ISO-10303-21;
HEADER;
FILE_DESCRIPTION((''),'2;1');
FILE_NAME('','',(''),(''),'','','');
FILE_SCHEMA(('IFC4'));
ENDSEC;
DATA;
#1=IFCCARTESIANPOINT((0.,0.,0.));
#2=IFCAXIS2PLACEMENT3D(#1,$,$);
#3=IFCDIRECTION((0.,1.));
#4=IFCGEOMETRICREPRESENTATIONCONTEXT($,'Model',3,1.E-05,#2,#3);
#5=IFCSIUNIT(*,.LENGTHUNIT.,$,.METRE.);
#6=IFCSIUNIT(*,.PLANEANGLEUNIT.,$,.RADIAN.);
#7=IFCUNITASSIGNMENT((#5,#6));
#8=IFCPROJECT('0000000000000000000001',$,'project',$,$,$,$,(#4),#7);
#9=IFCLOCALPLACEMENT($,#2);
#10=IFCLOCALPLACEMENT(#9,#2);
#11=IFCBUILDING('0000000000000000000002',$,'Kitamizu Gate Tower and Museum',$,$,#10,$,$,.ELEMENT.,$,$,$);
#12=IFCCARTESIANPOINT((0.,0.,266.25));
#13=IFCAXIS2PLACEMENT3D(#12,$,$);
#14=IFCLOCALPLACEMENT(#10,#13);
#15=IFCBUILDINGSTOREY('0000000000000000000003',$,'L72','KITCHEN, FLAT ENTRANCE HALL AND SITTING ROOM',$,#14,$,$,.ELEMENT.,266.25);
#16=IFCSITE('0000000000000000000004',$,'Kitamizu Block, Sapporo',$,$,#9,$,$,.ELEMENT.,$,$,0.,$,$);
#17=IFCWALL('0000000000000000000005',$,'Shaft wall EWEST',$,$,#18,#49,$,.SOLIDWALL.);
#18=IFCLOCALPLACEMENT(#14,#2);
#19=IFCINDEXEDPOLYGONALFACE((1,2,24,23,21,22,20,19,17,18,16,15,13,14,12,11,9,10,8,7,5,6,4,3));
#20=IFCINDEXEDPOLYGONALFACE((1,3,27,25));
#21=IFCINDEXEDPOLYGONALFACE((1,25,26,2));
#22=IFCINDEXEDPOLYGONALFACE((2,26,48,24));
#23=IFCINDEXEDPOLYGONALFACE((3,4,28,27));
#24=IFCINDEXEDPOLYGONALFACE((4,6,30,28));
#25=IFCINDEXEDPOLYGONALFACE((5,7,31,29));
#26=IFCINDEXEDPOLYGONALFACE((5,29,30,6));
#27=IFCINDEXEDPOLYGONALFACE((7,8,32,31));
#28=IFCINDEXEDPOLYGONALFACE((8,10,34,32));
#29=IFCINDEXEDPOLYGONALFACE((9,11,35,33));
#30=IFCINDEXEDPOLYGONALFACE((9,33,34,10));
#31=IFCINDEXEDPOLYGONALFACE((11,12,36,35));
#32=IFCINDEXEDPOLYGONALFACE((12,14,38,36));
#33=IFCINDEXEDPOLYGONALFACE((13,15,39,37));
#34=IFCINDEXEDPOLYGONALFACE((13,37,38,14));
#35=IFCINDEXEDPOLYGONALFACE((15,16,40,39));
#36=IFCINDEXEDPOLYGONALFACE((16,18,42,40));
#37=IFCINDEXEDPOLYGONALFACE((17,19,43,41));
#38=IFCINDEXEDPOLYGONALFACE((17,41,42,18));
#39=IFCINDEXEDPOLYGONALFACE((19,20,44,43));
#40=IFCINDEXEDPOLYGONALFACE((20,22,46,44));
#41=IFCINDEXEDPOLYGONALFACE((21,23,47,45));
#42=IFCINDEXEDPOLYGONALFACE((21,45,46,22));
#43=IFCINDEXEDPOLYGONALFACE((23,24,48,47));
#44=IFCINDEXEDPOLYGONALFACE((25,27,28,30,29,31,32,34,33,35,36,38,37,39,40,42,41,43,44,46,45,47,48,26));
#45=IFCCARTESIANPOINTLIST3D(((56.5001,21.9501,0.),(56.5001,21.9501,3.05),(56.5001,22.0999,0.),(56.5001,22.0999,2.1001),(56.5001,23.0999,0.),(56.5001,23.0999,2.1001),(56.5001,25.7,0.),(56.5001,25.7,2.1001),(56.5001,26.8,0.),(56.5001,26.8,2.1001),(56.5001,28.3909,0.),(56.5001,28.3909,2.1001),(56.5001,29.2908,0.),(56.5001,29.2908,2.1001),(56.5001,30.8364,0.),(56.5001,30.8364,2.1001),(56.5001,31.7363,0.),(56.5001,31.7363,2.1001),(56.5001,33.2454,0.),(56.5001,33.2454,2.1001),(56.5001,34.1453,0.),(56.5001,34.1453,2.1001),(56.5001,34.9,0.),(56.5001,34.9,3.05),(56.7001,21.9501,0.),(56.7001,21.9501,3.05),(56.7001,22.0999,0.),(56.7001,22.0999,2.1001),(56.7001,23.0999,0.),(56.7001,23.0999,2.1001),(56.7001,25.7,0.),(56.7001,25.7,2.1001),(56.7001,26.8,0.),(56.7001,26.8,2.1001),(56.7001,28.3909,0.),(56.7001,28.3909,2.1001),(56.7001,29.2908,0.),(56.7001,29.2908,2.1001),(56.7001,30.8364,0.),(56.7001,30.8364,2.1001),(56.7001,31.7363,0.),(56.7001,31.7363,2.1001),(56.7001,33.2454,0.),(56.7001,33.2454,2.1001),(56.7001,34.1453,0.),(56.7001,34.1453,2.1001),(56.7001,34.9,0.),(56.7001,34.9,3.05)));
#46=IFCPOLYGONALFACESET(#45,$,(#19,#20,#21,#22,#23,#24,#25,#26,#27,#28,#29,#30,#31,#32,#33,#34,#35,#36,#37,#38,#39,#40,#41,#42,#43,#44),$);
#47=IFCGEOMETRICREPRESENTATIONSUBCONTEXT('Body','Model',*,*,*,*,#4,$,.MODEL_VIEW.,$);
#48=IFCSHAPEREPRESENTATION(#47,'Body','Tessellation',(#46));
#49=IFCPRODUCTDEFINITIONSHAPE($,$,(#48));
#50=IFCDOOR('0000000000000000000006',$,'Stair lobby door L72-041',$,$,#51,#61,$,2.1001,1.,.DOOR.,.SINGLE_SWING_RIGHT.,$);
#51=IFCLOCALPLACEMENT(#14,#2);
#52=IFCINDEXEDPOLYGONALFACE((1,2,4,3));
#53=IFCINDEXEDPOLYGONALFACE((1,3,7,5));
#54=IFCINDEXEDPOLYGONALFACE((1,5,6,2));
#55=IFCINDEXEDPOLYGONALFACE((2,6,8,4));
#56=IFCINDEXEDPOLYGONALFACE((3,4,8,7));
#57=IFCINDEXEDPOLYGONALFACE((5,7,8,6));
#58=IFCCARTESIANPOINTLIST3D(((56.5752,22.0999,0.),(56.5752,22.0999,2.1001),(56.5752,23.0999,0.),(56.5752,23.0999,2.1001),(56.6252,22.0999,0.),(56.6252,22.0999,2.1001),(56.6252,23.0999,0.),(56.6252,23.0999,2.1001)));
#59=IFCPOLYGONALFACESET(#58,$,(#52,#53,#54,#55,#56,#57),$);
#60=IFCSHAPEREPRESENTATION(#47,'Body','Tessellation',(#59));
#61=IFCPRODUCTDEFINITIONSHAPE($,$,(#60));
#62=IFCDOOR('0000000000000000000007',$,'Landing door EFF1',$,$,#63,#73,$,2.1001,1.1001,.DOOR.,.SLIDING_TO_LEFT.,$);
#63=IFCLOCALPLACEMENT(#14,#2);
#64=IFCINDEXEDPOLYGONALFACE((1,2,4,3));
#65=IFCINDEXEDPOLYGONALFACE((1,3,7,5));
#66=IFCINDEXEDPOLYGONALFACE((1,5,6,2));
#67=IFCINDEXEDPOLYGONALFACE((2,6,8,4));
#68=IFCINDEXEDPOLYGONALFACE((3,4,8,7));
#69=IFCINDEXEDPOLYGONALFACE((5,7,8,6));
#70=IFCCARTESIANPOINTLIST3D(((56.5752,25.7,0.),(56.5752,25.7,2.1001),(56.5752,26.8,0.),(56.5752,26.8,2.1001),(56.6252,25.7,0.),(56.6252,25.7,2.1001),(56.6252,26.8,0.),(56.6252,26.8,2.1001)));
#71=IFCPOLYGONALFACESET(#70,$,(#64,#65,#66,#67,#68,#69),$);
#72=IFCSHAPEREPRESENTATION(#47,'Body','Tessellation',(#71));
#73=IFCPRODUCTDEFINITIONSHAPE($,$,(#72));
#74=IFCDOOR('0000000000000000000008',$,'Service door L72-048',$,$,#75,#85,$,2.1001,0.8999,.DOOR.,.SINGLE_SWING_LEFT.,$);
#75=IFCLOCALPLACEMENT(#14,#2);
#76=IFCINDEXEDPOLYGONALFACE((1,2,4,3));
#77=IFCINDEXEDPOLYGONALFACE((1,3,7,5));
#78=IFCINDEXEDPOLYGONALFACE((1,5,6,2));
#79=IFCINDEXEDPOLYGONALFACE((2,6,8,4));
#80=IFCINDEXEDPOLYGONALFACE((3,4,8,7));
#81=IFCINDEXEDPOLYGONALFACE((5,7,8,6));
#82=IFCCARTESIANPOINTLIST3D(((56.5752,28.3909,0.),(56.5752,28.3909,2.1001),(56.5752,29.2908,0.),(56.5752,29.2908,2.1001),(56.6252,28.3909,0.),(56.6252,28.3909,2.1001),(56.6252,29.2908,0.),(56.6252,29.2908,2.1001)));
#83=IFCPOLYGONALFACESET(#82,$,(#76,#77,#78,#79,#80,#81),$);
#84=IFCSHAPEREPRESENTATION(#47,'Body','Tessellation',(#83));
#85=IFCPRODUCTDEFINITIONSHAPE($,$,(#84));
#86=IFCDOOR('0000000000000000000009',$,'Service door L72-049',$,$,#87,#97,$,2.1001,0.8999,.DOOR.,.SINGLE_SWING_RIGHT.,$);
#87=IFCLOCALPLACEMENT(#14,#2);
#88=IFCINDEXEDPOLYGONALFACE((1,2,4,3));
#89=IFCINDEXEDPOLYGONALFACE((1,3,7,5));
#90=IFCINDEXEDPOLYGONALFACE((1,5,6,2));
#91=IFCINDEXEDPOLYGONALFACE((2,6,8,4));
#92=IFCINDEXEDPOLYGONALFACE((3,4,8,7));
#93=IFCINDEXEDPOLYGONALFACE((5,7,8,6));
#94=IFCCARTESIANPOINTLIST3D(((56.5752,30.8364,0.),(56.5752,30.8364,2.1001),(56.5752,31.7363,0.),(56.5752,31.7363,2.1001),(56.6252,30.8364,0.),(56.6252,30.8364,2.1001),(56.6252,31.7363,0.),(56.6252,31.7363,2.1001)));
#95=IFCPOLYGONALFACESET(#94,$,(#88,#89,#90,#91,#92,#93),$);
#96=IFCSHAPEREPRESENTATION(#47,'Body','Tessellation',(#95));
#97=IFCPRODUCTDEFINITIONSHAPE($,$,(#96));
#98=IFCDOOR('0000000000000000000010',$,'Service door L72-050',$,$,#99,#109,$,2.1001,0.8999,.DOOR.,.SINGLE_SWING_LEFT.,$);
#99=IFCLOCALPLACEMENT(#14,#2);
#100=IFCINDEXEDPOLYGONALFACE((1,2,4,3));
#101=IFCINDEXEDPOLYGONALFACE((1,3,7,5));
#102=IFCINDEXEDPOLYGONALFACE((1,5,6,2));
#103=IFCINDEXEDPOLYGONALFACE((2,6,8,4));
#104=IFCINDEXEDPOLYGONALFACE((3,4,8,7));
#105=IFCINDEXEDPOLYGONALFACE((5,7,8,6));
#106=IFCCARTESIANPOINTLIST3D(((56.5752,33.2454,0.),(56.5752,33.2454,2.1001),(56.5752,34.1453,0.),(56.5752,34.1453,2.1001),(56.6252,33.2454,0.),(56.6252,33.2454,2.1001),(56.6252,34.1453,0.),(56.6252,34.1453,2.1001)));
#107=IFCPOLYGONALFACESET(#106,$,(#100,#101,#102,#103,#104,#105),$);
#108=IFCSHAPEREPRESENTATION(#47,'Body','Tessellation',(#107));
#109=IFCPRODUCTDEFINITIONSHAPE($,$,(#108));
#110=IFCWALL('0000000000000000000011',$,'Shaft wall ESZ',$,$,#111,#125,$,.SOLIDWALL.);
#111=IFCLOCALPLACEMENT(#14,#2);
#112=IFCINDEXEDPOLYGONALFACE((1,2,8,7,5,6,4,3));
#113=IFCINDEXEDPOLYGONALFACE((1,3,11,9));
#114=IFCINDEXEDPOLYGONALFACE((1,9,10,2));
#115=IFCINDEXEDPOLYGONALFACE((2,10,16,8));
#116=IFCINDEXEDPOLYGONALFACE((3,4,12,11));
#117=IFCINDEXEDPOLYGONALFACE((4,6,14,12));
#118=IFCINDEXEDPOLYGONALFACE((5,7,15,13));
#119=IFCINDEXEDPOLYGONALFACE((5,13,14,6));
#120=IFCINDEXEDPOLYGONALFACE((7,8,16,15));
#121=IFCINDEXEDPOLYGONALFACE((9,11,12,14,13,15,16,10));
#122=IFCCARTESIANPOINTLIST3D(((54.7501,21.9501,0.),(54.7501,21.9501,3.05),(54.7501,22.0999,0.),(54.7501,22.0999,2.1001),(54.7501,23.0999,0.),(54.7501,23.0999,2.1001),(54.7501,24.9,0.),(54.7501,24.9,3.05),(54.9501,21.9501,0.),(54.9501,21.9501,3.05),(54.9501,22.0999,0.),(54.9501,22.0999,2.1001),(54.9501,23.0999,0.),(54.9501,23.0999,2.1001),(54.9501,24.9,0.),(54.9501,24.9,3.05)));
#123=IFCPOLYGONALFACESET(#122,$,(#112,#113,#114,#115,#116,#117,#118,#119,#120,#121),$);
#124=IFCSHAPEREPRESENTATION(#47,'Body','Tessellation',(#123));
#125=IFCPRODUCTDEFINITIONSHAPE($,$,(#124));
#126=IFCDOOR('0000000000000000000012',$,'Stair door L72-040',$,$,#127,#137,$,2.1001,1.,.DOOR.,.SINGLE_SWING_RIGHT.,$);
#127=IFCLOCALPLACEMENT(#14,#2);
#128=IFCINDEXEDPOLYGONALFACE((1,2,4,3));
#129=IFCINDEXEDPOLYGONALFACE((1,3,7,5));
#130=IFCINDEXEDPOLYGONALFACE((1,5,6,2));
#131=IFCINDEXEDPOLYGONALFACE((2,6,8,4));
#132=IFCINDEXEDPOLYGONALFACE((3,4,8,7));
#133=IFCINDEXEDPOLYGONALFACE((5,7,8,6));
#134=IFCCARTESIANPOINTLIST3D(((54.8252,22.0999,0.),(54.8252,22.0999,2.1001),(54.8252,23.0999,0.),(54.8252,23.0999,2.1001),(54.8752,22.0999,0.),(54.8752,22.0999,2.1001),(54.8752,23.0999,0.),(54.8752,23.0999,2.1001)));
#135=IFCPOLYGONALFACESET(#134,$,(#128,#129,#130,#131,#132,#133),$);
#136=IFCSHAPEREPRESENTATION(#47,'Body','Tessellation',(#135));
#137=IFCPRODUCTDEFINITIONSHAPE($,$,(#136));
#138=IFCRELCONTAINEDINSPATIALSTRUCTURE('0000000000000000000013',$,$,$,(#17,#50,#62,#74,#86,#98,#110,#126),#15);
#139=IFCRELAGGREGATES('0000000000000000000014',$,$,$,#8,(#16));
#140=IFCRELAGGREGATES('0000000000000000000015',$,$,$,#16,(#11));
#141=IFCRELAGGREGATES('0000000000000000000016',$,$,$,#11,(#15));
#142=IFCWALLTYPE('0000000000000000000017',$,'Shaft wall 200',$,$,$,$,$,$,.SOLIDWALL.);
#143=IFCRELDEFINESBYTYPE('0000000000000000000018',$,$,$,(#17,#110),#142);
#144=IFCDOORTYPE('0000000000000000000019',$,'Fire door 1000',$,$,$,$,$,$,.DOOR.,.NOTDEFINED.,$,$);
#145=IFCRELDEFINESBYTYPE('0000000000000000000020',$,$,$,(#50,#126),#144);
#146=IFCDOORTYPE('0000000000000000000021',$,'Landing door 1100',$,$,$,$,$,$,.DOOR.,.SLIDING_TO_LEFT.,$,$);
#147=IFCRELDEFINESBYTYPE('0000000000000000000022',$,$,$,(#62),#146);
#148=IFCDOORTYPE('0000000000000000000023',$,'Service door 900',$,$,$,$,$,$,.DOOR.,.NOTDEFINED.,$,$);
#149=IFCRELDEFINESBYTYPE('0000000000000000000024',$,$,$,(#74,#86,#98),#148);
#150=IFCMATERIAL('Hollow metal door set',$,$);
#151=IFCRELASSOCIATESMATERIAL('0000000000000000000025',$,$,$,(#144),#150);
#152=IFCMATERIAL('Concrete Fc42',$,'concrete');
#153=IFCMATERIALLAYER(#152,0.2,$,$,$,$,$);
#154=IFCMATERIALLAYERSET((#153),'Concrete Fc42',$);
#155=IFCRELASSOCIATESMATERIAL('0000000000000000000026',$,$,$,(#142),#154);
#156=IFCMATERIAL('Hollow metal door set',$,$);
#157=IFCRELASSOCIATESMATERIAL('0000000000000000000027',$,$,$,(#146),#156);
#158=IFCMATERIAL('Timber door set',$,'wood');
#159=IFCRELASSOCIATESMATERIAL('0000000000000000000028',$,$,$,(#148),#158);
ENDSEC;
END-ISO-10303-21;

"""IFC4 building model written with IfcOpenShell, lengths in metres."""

from ifc_helpers import new_model, si_unit, direction, frame, frame_2d, origin, place, context, subcontext, project, spatial, rectangle, extrude, material, layer, layer_set, type_object, element, fill, save


model = new_model("IFC4")

# Units and contexts
model_context = context("Model", 3, precision=1e-05, world=origin(), true_north=direction((0.0, 1.0)))
body_context = subcontext(model_context, "Body", "Model", "MODEL_VIEW")
ifc_project = project(units=[si_unit("LENGTHUNIT", "METRE"), si_unit("PLANEANGLEUNIT", "RADIAN")], contexts=[model_context])

# Site, building, storey
site_placement = place(None, origin())
site = spatial("IfcSite", under=ifc_project, at=site_placement, Name="Kitamizu Block, Sapporo", CompositionType="ELEMENT", RefElevation=0.0)
building_placement = place(site_placement, origin())
building = spatial("IfcBuilding", under=site, at=building_placement, Name="Kitamizu Gate Tower and Museum", CompositionType="ELEMENT")
storey_placement = place(building_placement, frame((0.0, 0.0, 266.25)))
storey = spatial("IfcBuildingStorey", under=building, at=storey_placement, Name="L72", Description="KITCHEN, FLAT ENTRANCE HALL AND SITTING ROOM", CompositionType="ELEMENT", Elevation=266.25)

# Shared definitions
ifc_material_1 = material(Name="Hollow metal door set")
door_type_1 = type_object("IfcDoorType", Name="Fire door 1000", OperationType="NOTDEFINED", PredefinedType="DOOR", material=ifc_material_1)

# Wall, openings, doors
ifc_material_2 = material(Name="Concrete Fc42", Category="concrete")
ifc_layer_1 = layer(ifc_material_2, 0.2)
ifc_layer_set_1 = layer_set([ifc_layer_1], Name="Concrete Fc42")
wall_type_1 = type_object("IfcWallType", Name="Shaft wall 200", PredefinedType="SOLIDWALL", material=ifc_layer_set_1)
wall_1_placement = place(storey_placement, frame((56.6001, 21.95, 0.0), z_axis=(0.0, 0.0, 1.0), x_axis=(0.0, 1.0, 0.0)))
wall_1 = element("IfcWall", 1, at=wall_1_placement, inside=storey, type_object=wall_type_1, Name="Shaft wall EWEST", PredefinedType="SOLIDWALL", context=body_context, shape_type="SweptSolid", body=[
    extrude(rectangle(XDim=12.95, YDim=0.2, at=frame_2d((6.4751, 0.0))), origin(), (0.0, 0.0, 1.0), 3.05),
])
opening_1_placement = place(wall_1_placement, frame((3.75, 0.0, 0.0)))
opening_1 = element("IfcOpeningElement", 2, at=opening_1_placement, cuts=wall_1, PredefinedType="OPENING", context=body_context, shape_type="SweptSolid", body=[
    extrude(rectangle(XDim=1.1001, YDim=2.1001, at=frame_2d((0.55, 1.05))), frame((0.0, 0.1099, 0.0), z_axis=(0.0, -1.0, 0.0), x_axis=(1.0, 0.0, 0.0)), (0.0, 0.0, 1.0), 0.22),
])
opening_2_placement = place(wall_1_placement, frame((0.1499, 0.0, 0.0)))
opening_2 = element("IfcOpeningElement", 3, at=opening_2_placement, cuts=wall_1, PredefinedType="OPENING", context=body_context, shape_type="SweptSolid", body=[
    extrude(rectangle(XDim=1.0, YDim=2.1001, at=frame_2d((0.5, 1.05))), frame((0.0, 0.1099, 0.0), z_axis=(0.0, -1.0, 0.0), x_axis=(1.0, 0.0, 0.0)), (0.0, 0.0, 1.0), 0.22),
])
opening_3_placement = place(wall_1_placement, frame((6.4409, 0.0, 0.0)))
opening_3 = element("IfcOpeningElement", 4, at=opening_3_placement, cuts=wall_1, PredefinedType="OPENING", context=body_context, shape_type="SweptSolid", body=[
    extrude(rectangle(XDim=0.8999, YDim=2.1001, at=frame_2d((0.45, 1.05))), frame((0.0, 0.1099, 0.0), z_axis=(0.0, -1.0, 0.0), x_axis=(1.0, 0.0, 0.0)), (0.0, 0.0, 1.0), 0.22),
])
opening_4_placement = place(wall_1_placement, frame((8.8865, 0.0, 0.0)))
opening_4 = element("IfcOpeningElement", 5, at=opening_4_placement, cuts=wall_1, PredefinedType="OPENING", context=body_context, shape_type="SweptSolid", body=[
    extrude(rectangle(XDim=0.8999, YDim=2.1001, at=frame_2d((0.45, 1.05))), frame((0.0, 0.1099, 0.0), z_axis=(0.0, -1.0, 0.0), x_axis=(1.0, 0.0, 0.0)), (0.0, 0.0, 1.0), 0.22),
])
opening_5_placement = place(wall_1_placement, frame((11.2954, 0.0, 0.0)))
opening_5 = element("IfcOpeningElement", 6, at=opening_5_placement, cuts=wall_1, PredefinedType="OPENING", context=body_context, shape_type="SweptSolid", body=[
    extrude(rectangle(XDim=0.8999, YDim=2.1001, at=frame_2d((0.45, 1.05))), frame((0.0, 0.1099, 0.0), z_axis=(0.0, -1.0, 0.0), x_axis=(1.0, 0.0, 0.0)), (0.0, 0.0, 1.0), 0.22),
])
door_1_placement = place(opening_2_placement, origin())
door_1 = element("IfcDoor", 7, at=door_1_placement, inside=storey, type_object=door_type_1, Name="Stair lobby door L72-041", OperationType="SINGLE_SWING_RIGHT", OverallHeight=2.1001, OverallWidth=1.0, PredefinedType="DOOR", context=body_context, shape_type="SweptSolid", body=[
    extrude(rectangle(XDim=1.0, YDim=2.1001, at=frame_2d((0.5, 1.05))), frame((0.0, 0.0249, 0.0), z_axis=(0.0, -1.0, 0.0), x_axis=(1.0, 0.0, 0.0)), (0.0, 0.0, 1.0), 0.05),
])
fill(opening_2, door_1)
ifc_material_3 = material(Name="Hollow metal door set")
door_type_2 = type_object("IfcDoorType", Name="Landing door 1100", OperationType="SLIDING_TO_LEFT", PredefinedType="DOOR", material=ifc_material_3)
door_2_placement = place(opening_1_placement, origin())
door_2 = element("IfcDoor", 8, at=door_2_placement, inside=storey, type_object=door_type_2, Name="Landing door EFF1", OperationType="SLIDING_TO_LEFT", OverallHeight=2.1001, OverallWidth=1.1001, PredefinedType="DOOR", context=body_context, shape_type="SweptSolid", body=[
    extrude(rectangle(XDim=1.1001, YDim=2.1001, at=frame_2d((0.55, 1.05))), frame((0.0, 0.0249, 0.0), z_axis=(0.0, -1.0, 0.0), x_axis=(1.0, 0.0, 0.0)), (0.0, 0.0, 1.0), 0.05),
])
fill(opening_1, door_2)
ifc_material_4 = material(Name="Timber door set", Category="wood")
door_type_3 = type_object("IfcDoorType", Name="Service door 900", OperationType="NOTDEFINED", PredefinedType="DOOR", material=ifc_material_4)
door_3_placement = place(opening_3_placement, origin())
door_3 = element("IfcDoor", 9, at=door_3_placement, inside=storey, type_object=door_type_3, Name="Service door L72-048", OperationType="SINGLE_SWING_LEFT", OverallHeight=2.1001, OverallWidth=0.8999, PredefinedType="DOOR", context=body_context, shape_type="SweptSolid", body=[
    extrude(rectangle(XDim=0.8999, YDim=2.1001, at=frame_2d((0.45, 1.05))), frame((0.0, 0.0249, 0.0), z_axis=(0.0, -1.0, 0.0), x_axis=(1.0, 0.0, 0.0)), (0.0, 0.0, 1.0), 0.05),
])
fill(opening_3, door_3)
door_4_placement = place(opening_4_placement, origin())
door_4 = element("IfcDoor", 10, at=door_4_placement, inside=storey, type_object=door_type_3, Name="Service door L72-049", OperationType="SINGLE_SWING_RIGHT", OverallHeight=2.1001, OverallWidth=0.8999, PredefinedType="DOOR", context=body_context, shape_type="SweptSolid", body=[
    extrude(rectangle(XDim=0.8999, YDim=2.1001, at=frame_2d((0.45, 1.05))), frame((0.0, 0.0249, 0.0), z_axis=(0.0, -1.0, 0.0), x_axis=(1.0, 0.0, 0.0)), (0.0, 0.0, 1.0), 0.05),
])
fill(opening_4, door_4)
door_5_placement = place(opening_5_placement, origin())
door_5 = element("IfcDoor", 11, at=door_5_placement, inside=storey, type_object=door_type_3, Name="Service door L72-050", OperationType="SINGLE_SWING_LEFT", OverallHeight=2.1001, OverallWidth=0.8999, PredefinedType="DOOR", context=body_context, shape_type="SweptSolid", body=[
    extrude(rectangle(XDim=0.8999, YDim=2.1001, at=frame_2d((0.45, 1.05))), frame((0.0, 0.0249, 0.0), z_axis=(0.0, -1.0, 0.0), x_axis=(1.0, 0.0, 0.0)), (0.0, 0.0, 1.0), 0.05),
])
fill(opening_5, door_5)

# Wall, opening, door
wall_2_placement = place(storey_placement, frame((54.8501, 21.95, 0.0), z_axis=(0.0, 0.0, 1.0), x_axis=(0.0, 1.0, 0.0)))
wall_2 = element("IfcWall", 12, at=wall_2_placement, inside=storey, type_object=wall_type_1, Name="Shaft wall ESZ", PredefinedType="SOLIDWALL", context=body_context, shape_type="SweptSolid", body=[
    extrude(rectangle(XDim=2.95, YDim=0.2, at=frame_2d((1.4751, 0.0))), origin(), (0.0, 0.0, 1.0), 3.05),
])
opening_6_placement = place(wall_2_placement, frame((0.1499, 0.0, 0.0)))
opening_6 = element("IfcOpeningElement", 13, at=opening_6_placement, cuts=wall_2, PredefinedType="OPENING", context=body_context, shape_type="SweptSolid", body=[
    extrude(rectangle(XDim=1.0, YDim=2.1001, at=frame_2d((0.5, 1.05))), frame((0.0, 0.1099, 0.0), z_axis=(0.0, -1.0, 0.0), x_axis=(1.0, 0.0, 0.0)), (0.0, 0.0, 1.0), 0.22),
])
door_6_placement = place(opening_6_placement, origin())
door_6 = element("IfcDoor", 14, at=door_6_placement, inside=storey, type_object=door_type_1, Name="Stair door L72-040", OperationType="SINGLE_SWING_RIGHT", OverallHeight=2.1001, OverallWidth=1.0, PredefinedType="DOOR", context=body_context, shape_type="SweptSolid", body=[
    extrude(rectangle(XDim=1.0, YDim=2.1001, at=frame_2d((0.5, 1.05))), frame((0.0, 0.0249, 0.0), z_axis=(0.0, -1.0, 0.0), x_axis=(1.0, 0.0, 0.0)), (0.0, 0.0, 1.0), 0.05),
])
fill(opening_6, door_6)

save(model, "model.ifc")
